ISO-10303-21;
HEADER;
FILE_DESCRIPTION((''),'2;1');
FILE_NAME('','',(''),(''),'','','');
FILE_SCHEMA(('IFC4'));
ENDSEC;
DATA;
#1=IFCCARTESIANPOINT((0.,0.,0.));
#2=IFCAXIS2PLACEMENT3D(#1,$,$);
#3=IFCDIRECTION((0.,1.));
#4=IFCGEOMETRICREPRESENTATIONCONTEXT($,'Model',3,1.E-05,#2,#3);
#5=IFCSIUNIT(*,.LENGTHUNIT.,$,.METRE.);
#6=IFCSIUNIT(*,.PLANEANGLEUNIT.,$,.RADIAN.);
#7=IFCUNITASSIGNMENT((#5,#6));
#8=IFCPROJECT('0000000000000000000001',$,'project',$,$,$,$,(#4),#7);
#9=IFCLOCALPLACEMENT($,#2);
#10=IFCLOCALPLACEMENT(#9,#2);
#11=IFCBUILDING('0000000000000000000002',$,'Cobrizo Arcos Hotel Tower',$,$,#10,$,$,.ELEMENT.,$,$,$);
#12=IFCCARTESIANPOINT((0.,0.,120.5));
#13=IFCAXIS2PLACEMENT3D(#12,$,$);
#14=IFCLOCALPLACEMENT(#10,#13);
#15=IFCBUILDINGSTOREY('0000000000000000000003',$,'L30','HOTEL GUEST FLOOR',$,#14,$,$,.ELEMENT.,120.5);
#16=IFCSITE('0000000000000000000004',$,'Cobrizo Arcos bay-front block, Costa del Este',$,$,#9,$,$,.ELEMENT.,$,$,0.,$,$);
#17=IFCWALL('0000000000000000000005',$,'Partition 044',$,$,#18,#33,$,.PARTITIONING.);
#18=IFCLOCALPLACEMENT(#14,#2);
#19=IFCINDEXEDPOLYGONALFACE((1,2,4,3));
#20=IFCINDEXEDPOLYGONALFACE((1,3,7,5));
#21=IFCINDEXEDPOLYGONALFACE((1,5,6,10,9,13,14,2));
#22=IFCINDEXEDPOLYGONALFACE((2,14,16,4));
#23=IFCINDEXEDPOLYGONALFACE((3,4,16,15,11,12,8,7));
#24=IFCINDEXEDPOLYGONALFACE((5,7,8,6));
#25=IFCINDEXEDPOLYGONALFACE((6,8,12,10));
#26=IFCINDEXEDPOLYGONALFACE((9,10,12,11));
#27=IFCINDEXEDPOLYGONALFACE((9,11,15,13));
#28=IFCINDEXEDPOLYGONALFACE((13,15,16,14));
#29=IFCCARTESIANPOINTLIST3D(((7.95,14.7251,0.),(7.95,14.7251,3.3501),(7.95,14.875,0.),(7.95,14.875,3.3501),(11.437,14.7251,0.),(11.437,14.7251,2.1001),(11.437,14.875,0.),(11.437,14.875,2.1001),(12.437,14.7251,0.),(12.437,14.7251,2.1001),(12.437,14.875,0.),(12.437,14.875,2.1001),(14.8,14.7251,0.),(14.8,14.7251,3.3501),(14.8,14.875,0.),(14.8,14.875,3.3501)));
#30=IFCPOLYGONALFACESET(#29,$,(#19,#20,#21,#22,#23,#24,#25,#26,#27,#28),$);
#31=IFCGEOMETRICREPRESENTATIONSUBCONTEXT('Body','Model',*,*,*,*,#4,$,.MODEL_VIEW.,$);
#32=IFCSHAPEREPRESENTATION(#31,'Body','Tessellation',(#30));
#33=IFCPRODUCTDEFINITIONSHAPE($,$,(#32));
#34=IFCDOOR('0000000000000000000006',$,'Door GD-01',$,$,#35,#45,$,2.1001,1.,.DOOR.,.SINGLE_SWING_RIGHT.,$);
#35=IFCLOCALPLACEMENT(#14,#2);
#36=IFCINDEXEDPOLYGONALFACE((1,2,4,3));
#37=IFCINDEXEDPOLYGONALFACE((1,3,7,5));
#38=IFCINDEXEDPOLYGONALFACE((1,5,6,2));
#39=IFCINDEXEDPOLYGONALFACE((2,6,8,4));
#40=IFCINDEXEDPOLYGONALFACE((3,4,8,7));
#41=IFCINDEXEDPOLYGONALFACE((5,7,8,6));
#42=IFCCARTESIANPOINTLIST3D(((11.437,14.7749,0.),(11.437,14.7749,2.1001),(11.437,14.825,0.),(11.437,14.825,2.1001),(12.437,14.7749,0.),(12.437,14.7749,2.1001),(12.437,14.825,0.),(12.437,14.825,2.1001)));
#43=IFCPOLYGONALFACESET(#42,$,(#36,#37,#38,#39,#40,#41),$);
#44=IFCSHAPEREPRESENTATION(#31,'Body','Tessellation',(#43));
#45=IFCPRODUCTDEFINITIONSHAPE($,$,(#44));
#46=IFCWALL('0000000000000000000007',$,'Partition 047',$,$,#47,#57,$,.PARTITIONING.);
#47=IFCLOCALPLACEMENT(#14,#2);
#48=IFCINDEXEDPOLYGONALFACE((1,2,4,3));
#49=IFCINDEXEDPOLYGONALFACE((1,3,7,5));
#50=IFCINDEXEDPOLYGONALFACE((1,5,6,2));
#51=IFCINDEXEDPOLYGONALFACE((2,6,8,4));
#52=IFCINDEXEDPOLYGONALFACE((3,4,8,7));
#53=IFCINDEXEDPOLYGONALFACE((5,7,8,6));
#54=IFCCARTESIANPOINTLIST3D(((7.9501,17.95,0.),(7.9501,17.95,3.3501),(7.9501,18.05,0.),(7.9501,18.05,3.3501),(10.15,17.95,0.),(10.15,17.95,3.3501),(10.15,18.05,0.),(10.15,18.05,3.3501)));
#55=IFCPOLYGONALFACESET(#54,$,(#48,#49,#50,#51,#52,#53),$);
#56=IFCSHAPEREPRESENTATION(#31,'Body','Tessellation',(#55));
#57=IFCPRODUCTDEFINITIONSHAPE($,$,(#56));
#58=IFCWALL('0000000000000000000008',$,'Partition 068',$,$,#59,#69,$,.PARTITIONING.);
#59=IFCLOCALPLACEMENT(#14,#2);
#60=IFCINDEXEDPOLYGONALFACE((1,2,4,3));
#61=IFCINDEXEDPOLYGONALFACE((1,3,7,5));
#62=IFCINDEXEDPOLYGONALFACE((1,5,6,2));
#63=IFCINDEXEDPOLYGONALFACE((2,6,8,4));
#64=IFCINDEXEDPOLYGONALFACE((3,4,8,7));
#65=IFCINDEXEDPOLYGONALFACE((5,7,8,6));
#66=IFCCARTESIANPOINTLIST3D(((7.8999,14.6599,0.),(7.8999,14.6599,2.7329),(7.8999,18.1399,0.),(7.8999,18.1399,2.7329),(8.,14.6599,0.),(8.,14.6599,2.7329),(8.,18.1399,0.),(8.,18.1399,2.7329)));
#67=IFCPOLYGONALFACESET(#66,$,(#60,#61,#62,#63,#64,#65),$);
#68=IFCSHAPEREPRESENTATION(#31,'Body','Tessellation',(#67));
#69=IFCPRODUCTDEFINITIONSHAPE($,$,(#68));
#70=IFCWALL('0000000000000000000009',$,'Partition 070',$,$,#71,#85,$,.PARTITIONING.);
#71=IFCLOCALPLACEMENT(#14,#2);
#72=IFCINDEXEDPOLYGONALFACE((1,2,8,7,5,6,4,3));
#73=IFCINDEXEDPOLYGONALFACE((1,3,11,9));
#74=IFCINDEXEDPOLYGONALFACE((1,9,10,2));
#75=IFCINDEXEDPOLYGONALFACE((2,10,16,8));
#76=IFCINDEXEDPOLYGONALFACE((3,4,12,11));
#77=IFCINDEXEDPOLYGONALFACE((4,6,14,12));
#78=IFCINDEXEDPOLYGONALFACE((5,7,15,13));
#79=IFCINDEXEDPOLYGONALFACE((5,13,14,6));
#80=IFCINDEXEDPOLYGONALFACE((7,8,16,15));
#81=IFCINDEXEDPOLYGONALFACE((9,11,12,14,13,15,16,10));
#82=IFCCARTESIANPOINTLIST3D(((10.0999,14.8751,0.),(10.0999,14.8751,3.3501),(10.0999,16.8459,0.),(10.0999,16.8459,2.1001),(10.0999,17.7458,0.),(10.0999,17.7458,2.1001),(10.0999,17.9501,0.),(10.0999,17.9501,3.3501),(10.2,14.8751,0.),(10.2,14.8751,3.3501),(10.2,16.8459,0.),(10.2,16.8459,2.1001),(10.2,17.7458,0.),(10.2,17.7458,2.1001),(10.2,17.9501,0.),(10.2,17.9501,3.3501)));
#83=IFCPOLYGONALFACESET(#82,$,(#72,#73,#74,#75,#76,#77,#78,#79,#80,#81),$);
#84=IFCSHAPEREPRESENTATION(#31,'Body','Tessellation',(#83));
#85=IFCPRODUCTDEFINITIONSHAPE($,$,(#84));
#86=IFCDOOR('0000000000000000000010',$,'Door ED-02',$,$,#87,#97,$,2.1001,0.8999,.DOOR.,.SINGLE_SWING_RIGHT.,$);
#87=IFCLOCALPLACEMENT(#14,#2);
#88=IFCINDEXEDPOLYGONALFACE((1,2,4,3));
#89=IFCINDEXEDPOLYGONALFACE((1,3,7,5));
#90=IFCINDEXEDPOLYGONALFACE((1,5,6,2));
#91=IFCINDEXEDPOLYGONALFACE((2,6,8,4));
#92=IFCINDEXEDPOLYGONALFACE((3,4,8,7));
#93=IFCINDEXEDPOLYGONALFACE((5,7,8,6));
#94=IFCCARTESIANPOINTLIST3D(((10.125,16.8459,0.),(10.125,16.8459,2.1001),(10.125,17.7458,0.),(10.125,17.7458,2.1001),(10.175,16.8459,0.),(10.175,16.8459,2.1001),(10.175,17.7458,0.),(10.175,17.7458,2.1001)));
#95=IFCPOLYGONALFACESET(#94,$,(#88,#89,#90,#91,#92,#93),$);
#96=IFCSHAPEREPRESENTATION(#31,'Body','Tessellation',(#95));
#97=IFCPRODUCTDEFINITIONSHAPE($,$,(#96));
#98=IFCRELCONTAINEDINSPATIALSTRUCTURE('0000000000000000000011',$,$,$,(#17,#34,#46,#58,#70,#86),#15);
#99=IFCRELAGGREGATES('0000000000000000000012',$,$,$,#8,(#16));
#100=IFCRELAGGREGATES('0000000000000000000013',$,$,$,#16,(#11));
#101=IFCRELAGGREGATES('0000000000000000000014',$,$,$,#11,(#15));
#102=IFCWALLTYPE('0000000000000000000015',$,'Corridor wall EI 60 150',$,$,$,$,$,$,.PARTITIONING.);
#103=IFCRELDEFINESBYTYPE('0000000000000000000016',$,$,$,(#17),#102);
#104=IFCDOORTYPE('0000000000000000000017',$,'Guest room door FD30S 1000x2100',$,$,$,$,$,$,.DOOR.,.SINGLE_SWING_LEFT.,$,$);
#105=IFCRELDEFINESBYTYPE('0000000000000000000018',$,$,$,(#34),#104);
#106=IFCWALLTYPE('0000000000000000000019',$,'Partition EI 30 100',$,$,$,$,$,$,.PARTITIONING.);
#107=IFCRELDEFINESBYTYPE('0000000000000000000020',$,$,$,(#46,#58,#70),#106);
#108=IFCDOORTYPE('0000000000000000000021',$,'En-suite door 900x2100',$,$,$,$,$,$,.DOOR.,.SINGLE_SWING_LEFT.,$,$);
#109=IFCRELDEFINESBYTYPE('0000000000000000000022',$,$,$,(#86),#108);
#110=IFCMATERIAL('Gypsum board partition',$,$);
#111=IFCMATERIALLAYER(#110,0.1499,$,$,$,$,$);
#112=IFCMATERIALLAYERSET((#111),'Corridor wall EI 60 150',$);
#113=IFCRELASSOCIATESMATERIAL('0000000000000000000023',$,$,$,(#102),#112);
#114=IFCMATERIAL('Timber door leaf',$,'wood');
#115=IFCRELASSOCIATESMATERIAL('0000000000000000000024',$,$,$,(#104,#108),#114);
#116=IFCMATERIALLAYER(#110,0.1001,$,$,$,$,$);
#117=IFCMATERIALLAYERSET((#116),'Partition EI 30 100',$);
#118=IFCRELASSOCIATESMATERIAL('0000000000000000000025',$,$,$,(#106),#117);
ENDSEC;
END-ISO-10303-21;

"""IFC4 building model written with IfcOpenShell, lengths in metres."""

from ifc_helpers import new_model, si_unit, direction, frame, frame_2d, origin, place, context, subcontext, project, spatial, rectangle, extrude, material, layer, layer_set, type_object, element, fill, save


model = new_model("IFC4")

# Units and contexts
model_context = context("Model", 3, precision=1e-05, world=origin(), true_north=direction((0.0, 1.0)))
body_context = subcontext(model_context, "Body", "Model", "MODEL_VIEW")
ifc_project = project(units=[si_unit("LENGTHUNIT", "METRE"), si_unit("PLANEANGLEUNIT", "RADIAN")], contexts=[model_context])

# Site, building, storey
site_placement = place(None, origin())
site = spatial("IfcSite", under=ifc_project, at=site_placement, Name="Cobrizo Arcos bay-front block, Costa del Este", CompositionType="ELEMENT", RefElevation=0.0)
building_placement = place(site_placement, origin())
building = spatial("IfcBuilding", under=site, at=building_placement, Name="Cobrizo Arcos Hotel Tower", CompositionType="ELEMENT")
storey_placement = place(building_placement, frame((0.0, 0.0, 120.5)))
storey = spatial("IfcBuildingStorey", under=building, at=storey_placement, Name="L30", Description="HOTEL GUEST FLOOR", CompositionType="ELEMENT", Elevation=120.5)

# Wall, opening, door
ifc_material_1 = material(Name="Gypsum board partition")
ifc_layer_1 = layer(ifc_material_1, 0.1499)
ifc_layer_set_1 = layer_set([ifc_layer_1], Name="Corridor wall EI 60 150")
wall_type_1 = type_object("IfcWallType", Name="Corridor wall EI 60 150", PredefinedType="PARTITIONING", material=ifc_layer_set_1)
ifc_material_2 = material(Name="Timber door leaf", Category="wood")
wall_1_placement = place(storey_placement, frame((7.95, 14.8, 0.0), z_axis=(0.0, 0.0, 1.0), x_axis=(1.0, 0.0, 0.0)))
wall_1 = element("IfcWall", 1, at=wall_1_placement, inside=storey, type_object=wall_type_1, Name="Partition 044", PredefinedType="PARTITIONING", context=body_context, shape_type="SweptSolid", body=[
    extrude(rectangle(XDim=6.8501, YDim=0.1499, at=frame_2d((3.425, 0.0))), origin(), (0.0, 0.0, 1.0), 3.3501),
])
opening_1_placement = place(wall_1_placement, frame((3.4871, 0.0, 0.0)))
opening_1 = element("IfcOpeningElement", 2, at=opening_1_placement, cuts=wall_1, PredefinedType="OPENING", context=body_context, shape_type="SweptSolid", body=[
    extrude(rectangle(XDim=1.0, YDim=2.1001, at=frame_2d((0.5, 1.05))), frame((0.0, 0.0869, 0.0), z_axis=(0.0, -1.0, 0.0), x_axis=(1.0, 0.0, 0.0)), (0.0, 0.0, 1.0), 0.1738),
])
door_type_1 = type_object("IfcDoorType", Name="Guest room door FD30S 1000x2100", OperationType="SINGLE_SWING_LEFT", PredefinedType="DOOR", material=ifc_material_2)
door_1_placement = place(opening_1_placement, origin())
door_1 = element("IfcDoor", 3, at=door_1_placement, inside=storey, type_object=door_type_1, Name="Door GD-01", OperationType="SINGLE_SWING_RIGHT", OverallHeight=2.1001, OverallWidth=1.0, PredefinedType="DOOR", context=body_context, shape_type="SweptSolid", body=[
    extrude(rectangle(XDim=1.0, YDim=2.1001, at=frame_2d((0.5, 1.05))), frame((0.0, 0.0249, 0.0), z_axis=(0.0, -1.0, 0.0), x_axis=(1.0, 0.0, 0.0)), (0.0, 0.0, 1.0), 0.05),
])
fill(opening_1, door_1)

# Walls
ifc_layer_2 = layer(ifc_material_1, 0.1001)
ifc_layer_set_2 = layer_set([ifc_layer_2], Name="Partition EI 30 100")
wall_type_2 = type_object("IfcWallType", Name="Partition EI 30 100", PredefinedType="PARTITIONING", material=ifc_layer_set_2)
wall_2_placement = place(storey_placement, frame((7.95, 18.0, 0.0), z_axis=(0.0, 0.0, 1.0), x_axis=(1.0, 0.0, 0.0)))
element("IfcWall", 4, at=wall_2_placement, inside=storey, type_object=wall_type_2, Name="Partition 047", PredefinedType="PARTITIONING", context=body_context, shape_type="SweptSolid", body=[
    extrude(rectangle(XDim=2.2, YDim=0.1001, at=frame_2d((1.1001, 0.0))), origin(), (0.0, 0.0, 1.0), 3.3501),
])
wall_3_placement = place(storey_placement, frame((7.95, 14.6599, 0.0), z_axis=(0.0, 0.0, 1.0), x_axis=(0.0, 1.0, 0.0)))
element("IfcWall", 5, at=wall_3_placement, inside=storey, type_object=wall_type_2, Name="Partition 068", PredefinedType="PARTITIONING", context=body_context, shape_type="SweptSolid", body=[
    extrude(rectangle(XDim=3.48, YDim=0.1001, at=frame_2d((1.74, 0.0))), origin(), (0.0, 0.0, 1.0), 2.7329),
])

# Wall, opening, door
wall_4_placement = place(storey_placement, frame((10.1499, 14.875, 0.0), z_axis=(0.0, 0.0, 1.0), x_axis=(0.0, 1.0, 0.0)))
wall_4 = element("IfcWall", 6, at=wall_4_placement, inside=storey, type_object=wall_type_2, Name="Partition 070", PredefinedType="PARTITIONING", context=body_context, shape_type="SweptSolid", body=[
    extrude(rectangle(XDim=3.075, YDim=0.1001, at=frame_2d((1.5376, 0.0))), origin(), (0.0, 0.0, 1.0), 3.3501),
])
opening_2_placement = place(wall_4_placement, frame((1.9709, 0.0, 0.0)))
opening_2 = element("IfcOpeningElement", 7, at=opening_2_placement, cuts=wall_4, PredefinedType="OPENING", context=body_context, shape_type="SweptSolid", body=[
    extrude(rectangle(XDim=0.8999, YDim=2.1001, at=frame_2d((0.45, 1.05))), frame((0.0, 0.062, 0.0), z_axis=(0.0, -1.0, 0.0), x_axis=(1.0, 0.0, 0.0)), (0.0, 0.0, 1.0), 0.124),
])
door_type_2 = type_object("IfcDoorType", Name="En-suite door 900x2100", OperationType="SINGLE_SWING_LEFT", PredefinedType="DOOR", material=ifc_material_2)
door_2_placement = place(opening_2_placement, origin())
door_2 = element("IfcDoor", 8, at=door_2_placement, inside=storey, type_object=door_type_2, Name="Door ED-02", OperationType="SINGLE_SWING_RIGHT", OverallHeight=2.1001, OverallWidth=0.8999, PredefinedType="DOOR", context=body_context, shape_type="SweptSolid", body=[
    extrude(rectangle(XDim=0.8999, YDim=2.1001, at=frame_2d((0.45, 1.05))), frame((0.0, 0.0249, 0.0), z_axis=(0.0, -1.0, 0.0), x_axis=(1.0, 0.0, 0.0)), (0.0, 0.0, 1.0), 0.05),
])
fill(opening_2, door_2)

save(model, "model.ifc")
